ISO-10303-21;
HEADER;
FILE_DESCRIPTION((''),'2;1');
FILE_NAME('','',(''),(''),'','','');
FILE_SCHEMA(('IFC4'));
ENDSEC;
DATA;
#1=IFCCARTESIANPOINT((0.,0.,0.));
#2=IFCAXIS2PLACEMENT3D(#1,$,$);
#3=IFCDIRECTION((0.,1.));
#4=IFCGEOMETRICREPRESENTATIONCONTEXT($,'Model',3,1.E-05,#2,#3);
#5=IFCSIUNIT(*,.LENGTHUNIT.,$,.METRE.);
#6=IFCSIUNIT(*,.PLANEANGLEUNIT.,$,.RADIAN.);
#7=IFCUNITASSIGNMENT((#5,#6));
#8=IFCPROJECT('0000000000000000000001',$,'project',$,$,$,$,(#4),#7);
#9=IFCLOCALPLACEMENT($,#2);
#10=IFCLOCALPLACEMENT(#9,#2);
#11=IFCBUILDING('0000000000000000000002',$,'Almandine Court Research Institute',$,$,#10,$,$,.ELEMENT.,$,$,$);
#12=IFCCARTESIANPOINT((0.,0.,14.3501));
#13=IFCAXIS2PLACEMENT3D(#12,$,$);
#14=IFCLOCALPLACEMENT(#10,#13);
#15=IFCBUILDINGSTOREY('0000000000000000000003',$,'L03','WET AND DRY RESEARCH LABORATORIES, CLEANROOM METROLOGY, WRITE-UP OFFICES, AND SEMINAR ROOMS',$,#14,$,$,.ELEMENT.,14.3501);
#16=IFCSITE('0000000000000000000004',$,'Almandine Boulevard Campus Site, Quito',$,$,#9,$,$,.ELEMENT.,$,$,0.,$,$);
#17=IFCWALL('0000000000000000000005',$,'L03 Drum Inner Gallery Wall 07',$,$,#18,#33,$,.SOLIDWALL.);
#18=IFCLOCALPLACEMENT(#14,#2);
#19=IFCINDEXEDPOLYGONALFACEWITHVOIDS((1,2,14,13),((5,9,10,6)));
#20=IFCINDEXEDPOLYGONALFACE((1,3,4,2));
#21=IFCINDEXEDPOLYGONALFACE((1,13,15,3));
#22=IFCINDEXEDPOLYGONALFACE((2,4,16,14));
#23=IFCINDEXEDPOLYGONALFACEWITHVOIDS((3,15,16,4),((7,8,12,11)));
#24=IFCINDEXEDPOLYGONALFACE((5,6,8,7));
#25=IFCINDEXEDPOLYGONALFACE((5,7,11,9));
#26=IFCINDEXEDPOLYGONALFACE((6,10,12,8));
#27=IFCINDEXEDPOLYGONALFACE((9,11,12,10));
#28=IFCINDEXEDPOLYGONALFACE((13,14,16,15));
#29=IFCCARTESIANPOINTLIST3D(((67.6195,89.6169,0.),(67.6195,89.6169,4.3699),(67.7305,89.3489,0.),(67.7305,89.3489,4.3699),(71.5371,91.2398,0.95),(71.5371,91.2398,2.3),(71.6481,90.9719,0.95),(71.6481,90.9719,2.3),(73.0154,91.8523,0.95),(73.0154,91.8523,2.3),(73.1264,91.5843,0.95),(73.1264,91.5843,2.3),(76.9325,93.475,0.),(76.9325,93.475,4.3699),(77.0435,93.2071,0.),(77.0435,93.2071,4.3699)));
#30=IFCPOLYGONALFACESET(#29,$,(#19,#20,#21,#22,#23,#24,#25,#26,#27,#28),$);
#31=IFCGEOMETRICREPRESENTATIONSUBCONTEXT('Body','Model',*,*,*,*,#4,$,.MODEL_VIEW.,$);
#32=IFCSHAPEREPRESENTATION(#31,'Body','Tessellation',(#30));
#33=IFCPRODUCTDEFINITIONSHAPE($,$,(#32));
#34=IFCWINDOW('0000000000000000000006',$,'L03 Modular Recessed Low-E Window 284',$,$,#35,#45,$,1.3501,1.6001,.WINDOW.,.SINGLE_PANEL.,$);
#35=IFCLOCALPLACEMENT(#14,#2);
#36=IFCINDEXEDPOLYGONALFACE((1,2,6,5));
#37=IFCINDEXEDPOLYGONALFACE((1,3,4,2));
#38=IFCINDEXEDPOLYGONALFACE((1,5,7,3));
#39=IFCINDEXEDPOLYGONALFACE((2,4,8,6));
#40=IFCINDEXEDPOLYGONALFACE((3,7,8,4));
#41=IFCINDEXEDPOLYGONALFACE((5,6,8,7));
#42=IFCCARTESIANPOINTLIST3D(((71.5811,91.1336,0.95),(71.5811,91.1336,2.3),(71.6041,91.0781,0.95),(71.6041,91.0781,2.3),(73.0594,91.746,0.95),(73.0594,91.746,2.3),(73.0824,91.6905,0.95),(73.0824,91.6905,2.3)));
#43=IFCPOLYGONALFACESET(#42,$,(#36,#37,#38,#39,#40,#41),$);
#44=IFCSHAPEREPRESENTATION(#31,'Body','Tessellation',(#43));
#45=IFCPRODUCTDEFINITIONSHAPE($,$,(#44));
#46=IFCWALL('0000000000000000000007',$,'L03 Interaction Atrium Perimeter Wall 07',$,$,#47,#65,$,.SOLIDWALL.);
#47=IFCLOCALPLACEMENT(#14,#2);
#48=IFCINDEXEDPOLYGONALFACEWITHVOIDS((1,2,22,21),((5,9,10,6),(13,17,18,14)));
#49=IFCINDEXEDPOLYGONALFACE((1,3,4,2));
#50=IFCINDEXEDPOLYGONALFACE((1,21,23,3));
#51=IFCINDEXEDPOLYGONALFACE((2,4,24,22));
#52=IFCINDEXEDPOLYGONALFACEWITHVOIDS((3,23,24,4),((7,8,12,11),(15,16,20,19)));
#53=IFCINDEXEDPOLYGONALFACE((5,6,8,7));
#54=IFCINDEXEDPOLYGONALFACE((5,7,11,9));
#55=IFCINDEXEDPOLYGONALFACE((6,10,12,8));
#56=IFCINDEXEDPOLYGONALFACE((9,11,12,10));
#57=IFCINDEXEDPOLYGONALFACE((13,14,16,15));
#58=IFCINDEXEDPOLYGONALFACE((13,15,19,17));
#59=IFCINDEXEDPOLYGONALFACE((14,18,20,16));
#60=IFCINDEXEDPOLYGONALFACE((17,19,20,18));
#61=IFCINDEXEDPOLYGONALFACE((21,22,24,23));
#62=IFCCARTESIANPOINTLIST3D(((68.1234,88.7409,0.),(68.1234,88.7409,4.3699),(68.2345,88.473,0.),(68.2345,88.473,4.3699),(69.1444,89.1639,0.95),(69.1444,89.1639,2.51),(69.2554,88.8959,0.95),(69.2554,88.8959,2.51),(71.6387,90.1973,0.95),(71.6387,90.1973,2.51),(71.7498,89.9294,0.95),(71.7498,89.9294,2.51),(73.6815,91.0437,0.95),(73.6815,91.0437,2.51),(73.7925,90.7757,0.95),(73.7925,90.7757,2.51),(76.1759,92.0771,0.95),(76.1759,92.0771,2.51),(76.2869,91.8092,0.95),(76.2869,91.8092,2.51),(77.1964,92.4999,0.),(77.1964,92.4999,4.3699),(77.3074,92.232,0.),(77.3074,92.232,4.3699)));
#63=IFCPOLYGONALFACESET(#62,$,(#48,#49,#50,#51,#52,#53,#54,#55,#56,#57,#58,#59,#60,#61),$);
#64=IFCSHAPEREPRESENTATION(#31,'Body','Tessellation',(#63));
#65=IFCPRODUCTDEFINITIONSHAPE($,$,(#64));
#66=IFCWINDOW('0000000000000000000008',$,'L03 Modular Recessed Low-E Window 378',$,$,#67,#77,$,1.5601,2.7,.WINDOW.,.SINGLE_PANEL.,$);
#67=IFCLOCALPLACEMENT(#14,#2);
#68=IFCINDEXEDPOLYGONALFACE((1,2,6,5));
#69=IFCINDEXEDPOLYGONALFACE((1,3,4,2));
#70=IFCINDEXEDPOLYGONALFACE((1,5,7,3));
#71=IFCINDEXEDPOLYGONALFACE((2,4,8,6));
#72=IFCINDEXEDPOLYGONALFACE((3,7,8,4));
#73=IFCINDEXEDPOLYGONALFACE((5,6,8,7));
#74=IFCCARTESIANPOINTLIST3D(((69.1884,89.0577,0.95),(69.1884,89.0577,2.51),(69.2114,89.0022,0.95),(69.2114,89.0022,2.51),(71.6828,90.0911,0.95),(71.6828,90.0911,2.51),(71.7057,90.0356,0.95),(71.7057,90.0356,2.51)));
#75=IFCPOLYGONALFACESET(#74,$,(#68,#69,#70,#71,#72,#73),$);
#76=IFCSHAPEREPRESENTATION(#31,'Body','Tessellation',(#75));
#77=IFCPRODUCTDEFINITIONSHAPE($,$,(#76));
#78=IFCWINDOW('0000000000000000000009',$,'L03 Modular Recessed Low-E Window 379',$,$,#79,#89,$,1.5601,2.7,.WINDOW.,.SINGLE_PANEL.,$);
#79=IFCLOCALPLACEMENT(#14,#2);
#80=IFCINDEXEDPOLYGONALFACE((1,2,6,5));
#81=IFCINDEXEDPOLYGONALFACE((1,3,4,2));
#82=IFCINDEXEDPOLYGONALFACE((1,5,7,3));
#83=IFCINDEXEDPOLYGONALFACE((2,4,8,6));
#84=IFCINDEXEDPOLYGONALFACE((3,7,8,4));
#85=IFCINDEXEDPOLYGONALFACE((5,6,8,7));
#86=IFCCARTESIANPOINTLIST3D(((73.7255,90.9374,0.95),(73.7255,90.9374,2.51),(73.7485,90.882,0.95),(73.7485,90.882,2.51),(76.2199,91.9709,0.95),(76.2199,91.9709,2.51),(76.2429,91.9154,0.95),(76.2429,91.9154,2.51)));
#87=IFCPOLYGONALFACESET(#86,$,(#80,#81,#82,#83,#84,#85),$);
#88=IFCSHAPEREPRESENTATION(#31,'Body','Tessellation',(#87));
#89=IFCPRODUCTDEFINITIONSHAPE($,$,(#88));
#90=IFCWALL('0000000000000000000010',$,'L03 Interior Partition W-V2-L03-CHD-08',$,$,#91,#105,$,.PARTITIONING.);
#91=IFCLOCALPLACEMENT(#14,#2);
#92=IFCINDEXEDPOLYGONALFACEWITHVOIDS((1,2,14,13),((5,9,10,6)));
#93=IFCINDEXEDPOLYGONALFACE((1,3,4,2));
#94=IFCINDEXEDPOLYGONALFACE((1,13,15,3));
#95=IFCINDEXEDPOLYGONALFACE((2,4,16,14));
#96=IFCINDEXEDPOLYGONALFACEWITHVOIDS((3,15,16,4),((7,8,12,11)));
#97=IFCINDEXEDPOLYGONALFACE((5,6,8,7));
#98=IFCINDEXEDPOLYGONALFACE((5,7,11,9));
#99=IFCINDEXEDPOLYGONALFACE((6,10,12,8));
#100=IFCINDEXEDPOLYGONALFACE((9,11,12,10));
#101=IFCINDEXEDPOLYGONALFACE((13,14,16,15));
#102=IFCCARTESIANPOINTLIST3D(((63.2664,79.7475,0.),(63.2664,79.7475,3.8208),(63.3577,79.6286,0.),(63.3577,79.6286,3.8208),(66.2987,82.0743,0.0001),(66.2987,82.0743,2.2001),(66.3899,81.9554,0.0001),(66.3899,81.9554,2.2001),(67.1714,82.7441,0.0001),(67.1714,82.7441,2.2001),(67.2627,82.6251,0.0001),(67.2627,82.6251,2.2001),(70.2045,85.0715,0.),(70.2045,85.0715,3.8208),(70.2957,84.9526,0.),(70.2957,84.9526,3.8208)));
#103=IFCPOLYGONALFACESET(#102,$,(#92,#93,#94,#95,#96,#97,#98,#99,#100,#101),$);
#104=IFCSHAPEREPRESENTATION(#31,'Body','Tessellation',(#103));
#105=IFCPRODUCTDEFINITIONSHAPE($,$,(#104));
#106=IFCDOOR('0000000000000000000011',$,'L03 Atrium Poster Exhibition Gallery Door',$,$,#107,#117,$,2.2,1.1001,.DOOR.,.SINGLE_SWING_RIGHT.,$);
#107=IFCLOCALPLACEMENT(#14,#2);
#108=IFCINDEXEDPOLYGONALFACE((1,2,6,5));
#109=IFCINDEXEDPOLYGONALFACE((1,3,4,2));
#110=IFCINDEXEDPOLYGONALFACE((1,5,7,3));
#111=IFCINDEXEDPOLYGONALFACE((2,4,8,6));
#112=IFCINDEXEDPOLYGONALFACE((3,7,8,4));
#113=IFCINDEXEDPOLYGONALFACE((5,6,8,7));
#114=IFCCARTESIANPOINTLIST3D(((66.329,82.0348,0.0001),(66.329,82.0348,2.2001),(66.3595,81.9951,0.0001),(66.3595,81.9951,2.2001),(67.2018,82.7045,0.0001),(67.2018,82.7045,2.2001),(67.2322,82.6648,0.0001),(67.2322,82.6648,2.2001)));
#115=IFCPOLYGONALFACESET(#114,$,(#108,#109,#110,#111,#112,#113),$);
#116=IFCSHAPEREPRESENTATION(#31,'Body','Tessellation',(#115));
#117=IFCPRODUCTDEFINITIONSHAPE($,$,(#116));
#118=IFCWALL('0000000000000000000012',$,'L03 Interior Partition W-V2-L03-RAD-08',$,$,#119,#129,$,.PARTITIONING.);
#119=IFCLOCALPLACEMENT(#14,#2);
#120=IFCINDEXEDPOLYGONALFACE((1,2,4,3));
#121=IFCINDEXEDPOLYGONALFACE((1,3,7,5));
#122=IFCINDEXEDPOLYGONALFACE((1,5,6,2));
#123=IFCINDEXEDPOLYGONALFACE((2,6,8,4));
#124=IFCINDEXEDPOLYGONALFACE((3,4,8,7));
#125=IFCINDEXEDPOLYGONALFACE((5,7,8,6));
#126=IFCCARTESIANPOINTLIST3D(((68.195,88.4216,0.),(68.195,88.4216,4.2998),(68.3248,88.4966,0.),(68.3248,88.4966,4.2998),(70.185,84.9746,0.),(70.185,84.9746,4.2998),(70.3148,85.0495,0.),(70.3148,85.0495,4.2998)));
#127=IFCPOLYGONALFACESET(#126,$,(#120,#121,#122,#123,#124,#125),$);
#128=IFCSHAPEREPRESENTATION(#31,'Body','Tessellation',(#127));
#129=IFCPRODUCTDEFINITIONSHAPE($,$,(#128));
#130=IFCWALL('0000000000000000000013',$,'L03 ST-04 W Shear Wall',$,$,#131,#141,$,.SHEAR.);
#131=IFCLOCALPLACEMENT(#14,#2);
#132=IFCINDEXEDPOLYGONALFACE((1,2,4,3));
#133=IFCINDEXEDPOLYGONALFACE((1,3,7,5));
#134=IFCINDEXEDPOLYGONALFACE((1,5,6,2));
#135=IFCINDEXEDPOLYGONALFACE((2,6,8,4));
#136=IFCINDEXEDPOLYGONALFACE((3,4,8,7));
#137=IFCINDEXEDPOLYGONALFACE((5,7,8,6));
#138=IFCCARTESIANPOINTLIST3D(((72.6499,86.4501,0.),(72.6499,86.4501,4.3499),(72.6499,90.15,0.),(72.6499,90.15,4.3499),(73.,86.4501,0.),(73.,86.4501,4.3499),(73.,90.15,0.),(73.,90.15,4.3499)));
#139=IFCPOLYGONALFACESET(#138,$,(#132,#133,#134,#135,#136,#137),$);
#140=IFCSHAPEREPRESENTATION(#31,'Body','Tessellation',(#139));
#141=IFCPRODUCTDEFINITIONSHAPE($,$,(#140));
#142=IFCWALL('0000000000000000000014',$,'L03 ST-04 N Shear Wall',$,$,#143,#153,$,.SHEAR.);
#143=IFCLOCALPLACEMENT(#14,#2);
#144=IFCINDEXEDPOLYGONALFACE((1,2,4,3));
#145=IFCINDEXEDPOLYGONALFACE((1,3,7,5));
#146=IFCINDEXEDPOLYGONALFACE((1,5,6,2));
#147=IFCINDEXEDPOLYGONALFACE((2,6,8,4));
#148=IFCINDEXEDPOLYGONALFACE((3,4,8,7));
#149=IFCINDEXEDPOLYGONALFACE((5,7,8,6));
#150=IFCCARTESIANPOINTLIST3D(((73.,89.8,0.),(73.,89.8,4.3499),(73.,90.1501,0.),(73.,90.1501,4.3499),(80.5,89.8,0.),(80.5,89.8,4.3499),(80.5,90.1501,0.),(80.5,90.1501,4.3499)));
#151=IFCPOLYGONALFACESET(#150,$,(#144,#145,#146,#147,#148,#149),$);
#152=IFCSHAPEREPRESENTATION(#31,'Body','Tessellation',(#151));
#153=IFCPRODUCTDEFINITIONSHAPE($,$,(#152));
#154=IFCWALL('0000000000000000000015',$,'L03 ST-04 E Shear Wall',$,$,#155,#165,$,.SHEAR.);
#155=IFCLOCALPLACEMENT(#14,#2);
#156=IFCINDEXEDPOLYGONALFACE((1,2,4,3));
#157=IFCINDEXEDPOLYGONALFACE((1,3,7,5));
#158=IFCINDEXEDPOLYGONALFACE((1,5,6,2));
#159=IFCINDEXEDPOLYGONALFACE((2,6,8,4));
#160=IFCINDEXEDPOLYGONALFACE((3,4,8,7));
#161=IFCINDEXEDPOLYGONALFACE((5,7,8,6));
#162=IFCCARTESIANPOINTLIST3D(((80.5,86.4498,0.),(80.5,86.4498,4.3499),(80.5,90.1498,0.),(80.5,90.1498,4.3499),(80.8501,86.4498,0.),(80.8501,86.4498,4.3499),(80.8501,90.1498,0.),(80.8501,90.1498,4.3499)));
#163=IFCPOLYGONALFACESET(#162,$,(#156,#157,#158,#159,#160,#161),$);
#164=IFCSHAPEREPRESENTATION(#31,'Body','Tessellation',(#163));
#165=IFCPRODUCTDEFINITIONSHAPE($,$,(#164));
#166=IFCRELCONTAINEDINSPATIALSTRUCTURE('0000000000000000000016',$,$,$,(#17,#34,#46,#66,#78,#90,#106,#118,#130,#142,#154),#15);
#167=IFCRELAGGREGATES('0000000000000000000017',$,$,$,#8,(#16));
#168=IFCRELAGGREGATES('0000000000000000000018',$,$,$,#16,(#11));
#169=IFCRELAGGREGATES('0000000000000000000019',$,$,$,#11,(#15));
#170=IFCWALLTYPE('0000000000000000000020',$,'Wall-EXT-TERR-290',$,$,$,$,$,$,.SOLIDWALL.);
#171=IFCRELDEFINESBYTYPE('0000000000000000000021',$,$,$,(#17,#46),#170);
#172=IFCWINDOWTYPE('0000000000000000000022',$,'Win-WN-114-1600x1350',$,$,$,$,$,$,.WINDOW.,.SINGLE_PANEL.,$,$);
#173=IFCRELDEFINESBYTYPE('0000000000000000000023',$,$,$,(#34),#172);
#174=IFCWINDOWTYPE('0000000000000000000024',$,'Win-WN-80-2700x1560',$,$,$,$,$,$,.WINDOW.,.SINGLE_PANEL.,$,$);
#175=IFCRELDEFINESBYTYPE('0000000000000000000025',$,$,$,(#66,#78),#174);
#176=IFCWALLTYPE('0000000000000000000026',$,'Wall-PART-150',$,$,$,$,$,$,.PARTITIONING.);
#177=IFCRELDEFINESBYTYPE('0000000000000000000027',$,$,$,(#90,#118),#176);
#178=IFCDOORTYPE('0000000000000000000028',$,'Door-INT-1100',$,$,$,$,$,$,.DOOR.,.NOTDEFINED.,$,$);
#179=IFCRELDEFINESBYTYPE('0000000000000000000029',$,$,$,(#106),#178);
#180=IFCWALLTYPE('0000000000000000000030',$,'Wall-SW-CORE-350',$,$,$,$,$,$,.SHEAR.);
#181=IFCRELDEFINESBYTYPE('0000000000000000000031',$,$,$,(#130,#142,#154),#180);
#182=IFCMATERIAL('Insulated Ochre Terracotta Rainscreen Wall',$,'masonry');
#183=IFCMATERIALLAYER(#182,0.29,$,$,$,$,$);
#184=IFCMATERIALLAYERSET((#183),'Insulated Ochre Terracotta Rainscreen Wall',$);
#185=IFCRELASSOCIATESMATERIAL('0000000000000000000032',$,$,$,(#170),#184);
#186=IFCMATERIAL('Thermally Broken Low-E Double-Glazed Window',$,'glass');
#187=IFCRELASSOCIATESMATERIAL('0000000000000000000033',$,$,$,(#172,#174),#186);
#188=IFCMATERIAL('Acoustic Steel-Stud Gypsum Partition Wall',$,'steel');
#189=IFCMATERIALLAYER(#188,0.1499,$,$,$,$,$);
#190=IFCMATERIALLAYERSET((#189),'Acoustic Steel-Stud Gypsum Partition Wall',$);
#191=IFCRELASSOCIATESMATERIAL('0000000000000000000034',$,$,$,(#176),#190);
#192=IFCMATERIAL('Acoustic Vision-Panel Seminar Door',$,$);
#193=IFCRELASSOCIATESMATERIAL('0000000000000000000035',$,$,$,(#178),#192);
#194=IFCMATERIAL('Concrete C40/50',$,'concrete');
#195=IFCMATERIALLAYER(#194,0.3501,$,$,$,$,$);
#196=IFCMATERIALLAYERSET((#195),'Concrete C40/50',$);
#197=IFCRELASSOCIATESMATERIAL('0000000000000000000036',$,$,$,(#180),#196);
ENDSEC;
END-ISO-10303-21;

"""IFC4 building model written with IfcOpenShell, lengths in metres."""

from ifc_helpers import new_model, si_unit, direction, frame, frame_2d, origin, place, context, subcontext, project, spatial, rectangle, extrude, material, layer, layer_set, type_object, element, fill, save


model = new_model("IFC4")

# Units and contexts
model_context = context("Model", 3, precision=1e-05, world=origin(), true_north=direction((0.0, 1.0)))
body_context = subcontext(model_context, "Body", "Model", "MODEL_VIEW")
ifc_project = project(units=[si_unit("LENGTHUNIT", "METRE"), si_unit("PLANEANGLEUNIT", "RADIAN")], contexts=[model_context])

# Site, building, storey
site_placement = place(None, origin())
site = spatial("IfcSite", under=ifc_project, at=site_placement, Name="Almandine Boulevard Campus Site, Quito", CompositionType="ELEMENT", RefElevation=0.0)
building_placement = place(site_placement, origin())
building = spatial("IfcBuilding", under=site, at=building_placement, Name="Almandine Court Research Institute", CompositionType="ELEMENT")
storey_placement = place(building_placement, frame((0.0, 0.0, 14.3501)))
storey = spatial("IfcBuildingStorey", under=building, at=storey_placement, Name="L03", Description="WET AND DRY RESEARCH LABORATORIES, CLEANROOM METROLOGY, WRITE-UP OFFICES, AND SEMINAR ROOMS", CompositionType="ELEMENT", Elevation=14.3501)

# Wall, opening, window
ifc_material_1 = material(Name="Insulated Ochre Terracotta Rainscreen Wall", Category="masonry")
ifc_layer_1 = layer(ifc_material_1, 0.29)
ifc_layer_set_1 = layer_set([ifc_layer_1], Name="Insulated Ochre Terracotta Rainscreen Wall")
wall_type_1 = type_object("IfcWallType", Name="Wall-EXT-TERR-290", PredefinedType="SOLIDWALL", material=ifc_layer_set_1)
wall_1_placement = place(storey_placement, frame((76.988, 93.3411, 0.0), z_axis=(0.0, 0.0, 1.0), x_axis=(-0.923859, -0.382733, 0.0)))
wall_1 = element("IfcWall", 1, at=wall_1_placement, inside=storey, type_object=wall_type_1, Name="L03 Drum Inner Gallery Wall 07", PredefinedType="SOLIDWALL", context=body_context, shape_type="SweptSolid", body=[
    extrude(rectangle(XDim=10.0806, YDim=0.29, at=frame_2d((5.0403, 0.0))), origin(), (0.0, 0.0, 1.0), 4.3699),
])
opening_1_placement = place(wall_1_placement, frame((4.24, 0.0, 0.95)))
opening_1 = element("IfcOpeningElement", 2, at=opening_1_placement, cuts=wall_1, PredefinedType="OPENING", context=body_context, shape_type="SweptSolid", body=[
    extrude(rectangle(XDim=1.6001, YDim=1.3501, at=frame_2d((0.8, 0.675))), frame((0.0, 0.155, 0.0), z_axis=(0.0, -1.0, 0.0), x_axis=(1.0, 0.0, 0.0)), (0.0, 0.0, 1.0), 0.3101),
])
ifc_material_2 = material(Name="Thermally Broken Low-E Double-Glazed Window", Category="glass")
window_type_1 = type_object("IfcWindowType", Name="Win-WN-114-1600x1350", PartitioningType="SINGLE_PANEL", PredefinedType="WINDOW", material=ifc_material_2)
window_1_placement = place(opening_1_placement, origin())
window_1 = element("IfcWindow", 3, at=window_1_placement, inside=storey, type_object=window_type_1, Name="L03 Modular Recessed Low-E Window 284", OverallHeight=1.3501, OverallWidth=1.6001, PartitioningType="SINGLE_PANEL", PredefinedType="WINDOW", context=body_context, shape_type="SweptSolid", body=[
    extrude(rectangle(XDim=1.6001, YDim=1.3501, at=frame_2d((0.8, 0.675))), frame((0.0, 0.03, 0.0), z_axis=(0.0, -1.0, 0.0), x_axis=(1.0, 0.0, 0.0)), (0.0, 0.0, 1.0), 0.0601),
])
fill(opening_1, window_1)

# Wall, openings, windows
wall_2_placement = place(storey_placement, frame((68.179, 88.6069, 0.0), z_axis=(0.0, 0.0, 1.0), x_axis=(0.923848, 0.382759, 0.0)))
wall_2 = element("IfcWall", 4, at=wall_2_placement, inside=storey, type_object=wall_type_1, Name="L03 Interaction Atrium Perimeter Wall 07", PredefinedType="SOLIDWALL", context=body_context, shape_type="SweptSolid", body=[
    extrude(rectangle(XDim=9.8208, YDim=0.29, at=frame_2d((4.9104, 0.0))), origin(), (0.0, 0.0, 1.0), 4.3699),
])
opening_2_placement = place(wall_2_placement, frame((1.105, 0.0, 0.95)))
opening_2 = element("IfcOpeningElement", 5, at=opening_2_placement, cuts=wall_2, PredefinedType="OPENING", context=body_context, shape_type="SweptSolid", body=[
    extrude(rectangle(XDim=2.7, YDim=1.5601, at=frame_2d((1.3501, 0.78))), frame((0.0, 0.155, 0.0), z_axis=(0.0, -1.0, 0.0), x_axis=(1.0, 0.0, 0.0)), (0.0, 0.0, 1.0), 0.3101),
])
opening_3_placement = place(wall_2_placement, frame((6.0161, 0.0, 0.95)))
opening_3 = element("IfcOpeningElement", 6, at=opening_3_placement, cuts=wall_2, PredefinedType="OPENING", context=body_context, shape_type="SweptSolid", body=[
    extrude(rectangle(XDim=2.7, YDim=1.5601, at=frame_2d((1.3501, 0.78))), frame((0.0, 0.155, 0.0), z_axis=(0.0, -1.0, 0.0), x_axis=(1.0, 0.0, 0.0)), (0.0, 0.0, 1.0), 0.3101),
])
window_type_2 = type_object("IfcWindowType", Name="Win-WN-80-2700x1560", PartitioningType="SINGLE_PANEL", PredefinedType="WINDOW", material=ifc_material_2)
window_2_placement = place(opening_2_placement, origin())
window_2 = element("IfcWindow", 7, at=window_2_placement, inside=storey, type_object=window_type_2, Name="L03 Modular Recessed Low-E Window 378", OverallHeight=1.5601, OverallWidth=2.7, PartitioningType="SINGLE_PANEL", PredefinedType="WINDOW", context=body_context, shape_type="SweptSolid", body=[
    extrude(rectangle(XDim=2.7, YDim=1.5601, at=frame_2d((1.3501, 0.78))), frame((0.0, 0.03, 0.0), z_axis=(0.0, -1.0, 0.0), x_axis=(1.0, 0.0, 0.0)), (0.0, 0.0, 1.0), 0.0601),
])
fill(opening_2, window_2)
window_3_placement = place(opening_3_placement, origin())
window_3 = element("IfcWindow", 8, at=window_3_placement, inside=storey, type_object=window_type_2, Name="L03 Modular Recessed Low-E Window 379", OverallHeight=1.5601, OverallWidth=2.7, PartitioningType="SINGLE_PANEL", PredefinedType="WINDOW", context=body_context, shape_type="SweptSolid", body=[
    extrude(rectangle(XDim=2.7, YDim=1.5601, at=frame_2d((1.3501, 0.78))), frame((0.0, 0.03, 0.0), z_axis=(0.0, -1.0, 0.0), x_axis=(1.0, 0.0, 0.0)), (0.0, 0.0, 1.0), 0.0601),
])
fill(opening_3, window_3)

# Wall, opening, door
ifc_material_3 = material(Name="Acoustic Steel-Stud Gypsum Partition Wall", Category="steel")
ifc_layer_2 = layer(ifc_material_3, 0.1499)
ifc_layer_set_2 = layer_set([ifc_layer_2], Name="Acoustic Steel-Stud Gypsum Partition Wall")
wall_type_2 = type_object("IfcWallType", Name="Wall-PART-150", PredefinedType="PARTITIONING", material=ifc_layer_set_2)
wall_3_placement = place(storey_placement, frame((70.25, 85.012, 0.0), z_axis=(0.0, 0.0, 1.0), x_axis=(-0.793338, -0.608781, 0.0)))
wall_3 = element("IfcWall", 9, at=wall_3_placement, inside=storey, type_object=wall_type_2, Name="L03 Interior Partition W-V2-L03-CHD-08", PredefinedType="PARTITIONING", context=body_context, shape_type="SweptSolid", body=[
    extrude(rectangle(XDim=8.7454, YDim=0.1499, at=frame_2d((4.3726, 0.0))), origin(), (0.0, 0.0, 1.0), 3.8208),
])
opening_4_placement = place(wall_3_placement, frame((3.823, 0.0, 0.0)))
opening_4 = element("IfcOpeningElement", 10, at=opening_4_placement, cuts=wall_3, PredefinedType="OPENING", context=body_context, shape_type="SweptSolid", body=[
    extrude(rectangle(XDim=1.1001, YDim=2.2, at=frame_2d((0.55, 1.1001))), frame((0.0, 0.085, 0.0), z_axis=(0.0, -1.0, 0.0), x_axis=(1.0, 0.0, 0.0)), (0.0, 0.0, 1.0), 0.1699),
])
ifc_material_4 = material(Name="Acoustic Vision-Panel Seminar Door")
door_type_1 = type_object("IfcDoorType", Name="Door-INT-1100", OperationType="NOTDEFINED", PredefinedType="DOOR", material=ifc_material_4)
door_1_placement = place(opening_4_placement, origin())
door_1 = element("IfcDoor", 11, at=door_1_placement, inside=storey, type_object=door_type_1, Name="L03 Atrium Poster Exhibition Gallery Door", OperationType="SINGLE_SWING_RIGHT", OverallHeight=2.2, OverallWidth=1.1001, PredefinedType="DOOR", context=body_context, shape_type="SweptSolid", body=[
    extrude(rectangle(XDim=1.1001, YDim=2.2, at=frame_2d((0.55, 1.1001))), frame((0.0, 0.0249, 0.0), z_axis=(0.0, -1.0, 0.0), x_axis=(1.0, 0.0, 0.0)), (0.0, 0.0, 1.0), 0.05),
])
fill(opening_4, door_1)

# Walls
wall_4_placement = place(storey_placement, frame((70.25, 85.012, 0.0), z_axis=(0.0, 0.0, 1.0), x_axis=(-0.499972, 0.866042, 0.0)))
element("IfcWall", 12, at=wall_4_placement, inside=storey, type_object=wall_type_2, Name="L03 Interior Partition W-V2-L03-RAD-08", PredefinedType="PARTITIONING", context=body_context, shape_type="SweptSolid", body=[
    extrude(rectangle(XDim=3.9802, YDim=0.1499, at=frame_2d((1.9902, 0.0))), origin(), (0.0, 0.0, 1.0), 4.2998),
])
ifc_material_5 = material(Name="Concrete C40/50", Category="concrete")
ifc_layer_3 = layer(ifc_material_5, 0.3501)
ifc_layer_set_3 = layer_set([ifc_layer_3], Name="Concrete C40/50")
wall_type_3 = type_object("IfcWallType", Name="Wall-SW-CORE-350", PredefinedType="SHEAR", material=ifc_layer_set_3)
wall_5_placement = place(storey_placement, frame((72.825, 86.45, 0.0), z_axis=(0.0, 0.0, 1.0), x_axis=(0.0, 1.0, 0.0)))
element("IfcWall", 13, at=wall_5_placement, inside=storey, type_object=wall_type_3, Name="L03 ST-04 W Shear Wall", PredefinedType="SHEAR", context=body_context, shape_type="SweptSolid", body=[
    extrude(rectangle(XDim=3.7, YDim=0.3501, at=frame_2d((1.8501, 0.0))), origin(), (0.0, 0.0, 1.0), 4.3499),
])
wall_6_placement = place(storey_placement, frame((73.0, 89.9751, 0.0), z_axis=(0.0, 0.0, 1.0), x_axis=(1.0, 0.0, 0.0)))
element("IfcWall", 14, at=wall_6_placement, inside=storey, type_object=wall_type_3, Name="L03 ST-04 N Shear Wall", PredefinedType="SHEAR", context=body_context, shape_type="SweptSolid", body=[
    extrude(rectangle(XDim=7.5, YDim=0.3501, at=frame_2d((3.75, 0.0))), origin(), (0.0, 0.0, 1.0), 4.3499),
])
wall_7_placement = place(storey_placement, frame((80.675, 90.1499, 0.0), z_axis=(0.0, 0.0, 1.0), x_axis=(0.0, -1.0, 0.0)))
element("IfcWall", 15, at=wall_7_placement, inside=storey, type_object=wall_type_3, Name="L03 ST-04 E Shear Wall", PredefinedType="SHEAR", context=body_context, shape_type="SweptSolid", body=[
    extrude(rectangle(XDim=3.7, YDim=0.3501, at=frame_2d((1.8501, 0.0))), origin(), (0.0, 0.0, 1.0), 4.3499),
])

save(model, "model.ifc")
